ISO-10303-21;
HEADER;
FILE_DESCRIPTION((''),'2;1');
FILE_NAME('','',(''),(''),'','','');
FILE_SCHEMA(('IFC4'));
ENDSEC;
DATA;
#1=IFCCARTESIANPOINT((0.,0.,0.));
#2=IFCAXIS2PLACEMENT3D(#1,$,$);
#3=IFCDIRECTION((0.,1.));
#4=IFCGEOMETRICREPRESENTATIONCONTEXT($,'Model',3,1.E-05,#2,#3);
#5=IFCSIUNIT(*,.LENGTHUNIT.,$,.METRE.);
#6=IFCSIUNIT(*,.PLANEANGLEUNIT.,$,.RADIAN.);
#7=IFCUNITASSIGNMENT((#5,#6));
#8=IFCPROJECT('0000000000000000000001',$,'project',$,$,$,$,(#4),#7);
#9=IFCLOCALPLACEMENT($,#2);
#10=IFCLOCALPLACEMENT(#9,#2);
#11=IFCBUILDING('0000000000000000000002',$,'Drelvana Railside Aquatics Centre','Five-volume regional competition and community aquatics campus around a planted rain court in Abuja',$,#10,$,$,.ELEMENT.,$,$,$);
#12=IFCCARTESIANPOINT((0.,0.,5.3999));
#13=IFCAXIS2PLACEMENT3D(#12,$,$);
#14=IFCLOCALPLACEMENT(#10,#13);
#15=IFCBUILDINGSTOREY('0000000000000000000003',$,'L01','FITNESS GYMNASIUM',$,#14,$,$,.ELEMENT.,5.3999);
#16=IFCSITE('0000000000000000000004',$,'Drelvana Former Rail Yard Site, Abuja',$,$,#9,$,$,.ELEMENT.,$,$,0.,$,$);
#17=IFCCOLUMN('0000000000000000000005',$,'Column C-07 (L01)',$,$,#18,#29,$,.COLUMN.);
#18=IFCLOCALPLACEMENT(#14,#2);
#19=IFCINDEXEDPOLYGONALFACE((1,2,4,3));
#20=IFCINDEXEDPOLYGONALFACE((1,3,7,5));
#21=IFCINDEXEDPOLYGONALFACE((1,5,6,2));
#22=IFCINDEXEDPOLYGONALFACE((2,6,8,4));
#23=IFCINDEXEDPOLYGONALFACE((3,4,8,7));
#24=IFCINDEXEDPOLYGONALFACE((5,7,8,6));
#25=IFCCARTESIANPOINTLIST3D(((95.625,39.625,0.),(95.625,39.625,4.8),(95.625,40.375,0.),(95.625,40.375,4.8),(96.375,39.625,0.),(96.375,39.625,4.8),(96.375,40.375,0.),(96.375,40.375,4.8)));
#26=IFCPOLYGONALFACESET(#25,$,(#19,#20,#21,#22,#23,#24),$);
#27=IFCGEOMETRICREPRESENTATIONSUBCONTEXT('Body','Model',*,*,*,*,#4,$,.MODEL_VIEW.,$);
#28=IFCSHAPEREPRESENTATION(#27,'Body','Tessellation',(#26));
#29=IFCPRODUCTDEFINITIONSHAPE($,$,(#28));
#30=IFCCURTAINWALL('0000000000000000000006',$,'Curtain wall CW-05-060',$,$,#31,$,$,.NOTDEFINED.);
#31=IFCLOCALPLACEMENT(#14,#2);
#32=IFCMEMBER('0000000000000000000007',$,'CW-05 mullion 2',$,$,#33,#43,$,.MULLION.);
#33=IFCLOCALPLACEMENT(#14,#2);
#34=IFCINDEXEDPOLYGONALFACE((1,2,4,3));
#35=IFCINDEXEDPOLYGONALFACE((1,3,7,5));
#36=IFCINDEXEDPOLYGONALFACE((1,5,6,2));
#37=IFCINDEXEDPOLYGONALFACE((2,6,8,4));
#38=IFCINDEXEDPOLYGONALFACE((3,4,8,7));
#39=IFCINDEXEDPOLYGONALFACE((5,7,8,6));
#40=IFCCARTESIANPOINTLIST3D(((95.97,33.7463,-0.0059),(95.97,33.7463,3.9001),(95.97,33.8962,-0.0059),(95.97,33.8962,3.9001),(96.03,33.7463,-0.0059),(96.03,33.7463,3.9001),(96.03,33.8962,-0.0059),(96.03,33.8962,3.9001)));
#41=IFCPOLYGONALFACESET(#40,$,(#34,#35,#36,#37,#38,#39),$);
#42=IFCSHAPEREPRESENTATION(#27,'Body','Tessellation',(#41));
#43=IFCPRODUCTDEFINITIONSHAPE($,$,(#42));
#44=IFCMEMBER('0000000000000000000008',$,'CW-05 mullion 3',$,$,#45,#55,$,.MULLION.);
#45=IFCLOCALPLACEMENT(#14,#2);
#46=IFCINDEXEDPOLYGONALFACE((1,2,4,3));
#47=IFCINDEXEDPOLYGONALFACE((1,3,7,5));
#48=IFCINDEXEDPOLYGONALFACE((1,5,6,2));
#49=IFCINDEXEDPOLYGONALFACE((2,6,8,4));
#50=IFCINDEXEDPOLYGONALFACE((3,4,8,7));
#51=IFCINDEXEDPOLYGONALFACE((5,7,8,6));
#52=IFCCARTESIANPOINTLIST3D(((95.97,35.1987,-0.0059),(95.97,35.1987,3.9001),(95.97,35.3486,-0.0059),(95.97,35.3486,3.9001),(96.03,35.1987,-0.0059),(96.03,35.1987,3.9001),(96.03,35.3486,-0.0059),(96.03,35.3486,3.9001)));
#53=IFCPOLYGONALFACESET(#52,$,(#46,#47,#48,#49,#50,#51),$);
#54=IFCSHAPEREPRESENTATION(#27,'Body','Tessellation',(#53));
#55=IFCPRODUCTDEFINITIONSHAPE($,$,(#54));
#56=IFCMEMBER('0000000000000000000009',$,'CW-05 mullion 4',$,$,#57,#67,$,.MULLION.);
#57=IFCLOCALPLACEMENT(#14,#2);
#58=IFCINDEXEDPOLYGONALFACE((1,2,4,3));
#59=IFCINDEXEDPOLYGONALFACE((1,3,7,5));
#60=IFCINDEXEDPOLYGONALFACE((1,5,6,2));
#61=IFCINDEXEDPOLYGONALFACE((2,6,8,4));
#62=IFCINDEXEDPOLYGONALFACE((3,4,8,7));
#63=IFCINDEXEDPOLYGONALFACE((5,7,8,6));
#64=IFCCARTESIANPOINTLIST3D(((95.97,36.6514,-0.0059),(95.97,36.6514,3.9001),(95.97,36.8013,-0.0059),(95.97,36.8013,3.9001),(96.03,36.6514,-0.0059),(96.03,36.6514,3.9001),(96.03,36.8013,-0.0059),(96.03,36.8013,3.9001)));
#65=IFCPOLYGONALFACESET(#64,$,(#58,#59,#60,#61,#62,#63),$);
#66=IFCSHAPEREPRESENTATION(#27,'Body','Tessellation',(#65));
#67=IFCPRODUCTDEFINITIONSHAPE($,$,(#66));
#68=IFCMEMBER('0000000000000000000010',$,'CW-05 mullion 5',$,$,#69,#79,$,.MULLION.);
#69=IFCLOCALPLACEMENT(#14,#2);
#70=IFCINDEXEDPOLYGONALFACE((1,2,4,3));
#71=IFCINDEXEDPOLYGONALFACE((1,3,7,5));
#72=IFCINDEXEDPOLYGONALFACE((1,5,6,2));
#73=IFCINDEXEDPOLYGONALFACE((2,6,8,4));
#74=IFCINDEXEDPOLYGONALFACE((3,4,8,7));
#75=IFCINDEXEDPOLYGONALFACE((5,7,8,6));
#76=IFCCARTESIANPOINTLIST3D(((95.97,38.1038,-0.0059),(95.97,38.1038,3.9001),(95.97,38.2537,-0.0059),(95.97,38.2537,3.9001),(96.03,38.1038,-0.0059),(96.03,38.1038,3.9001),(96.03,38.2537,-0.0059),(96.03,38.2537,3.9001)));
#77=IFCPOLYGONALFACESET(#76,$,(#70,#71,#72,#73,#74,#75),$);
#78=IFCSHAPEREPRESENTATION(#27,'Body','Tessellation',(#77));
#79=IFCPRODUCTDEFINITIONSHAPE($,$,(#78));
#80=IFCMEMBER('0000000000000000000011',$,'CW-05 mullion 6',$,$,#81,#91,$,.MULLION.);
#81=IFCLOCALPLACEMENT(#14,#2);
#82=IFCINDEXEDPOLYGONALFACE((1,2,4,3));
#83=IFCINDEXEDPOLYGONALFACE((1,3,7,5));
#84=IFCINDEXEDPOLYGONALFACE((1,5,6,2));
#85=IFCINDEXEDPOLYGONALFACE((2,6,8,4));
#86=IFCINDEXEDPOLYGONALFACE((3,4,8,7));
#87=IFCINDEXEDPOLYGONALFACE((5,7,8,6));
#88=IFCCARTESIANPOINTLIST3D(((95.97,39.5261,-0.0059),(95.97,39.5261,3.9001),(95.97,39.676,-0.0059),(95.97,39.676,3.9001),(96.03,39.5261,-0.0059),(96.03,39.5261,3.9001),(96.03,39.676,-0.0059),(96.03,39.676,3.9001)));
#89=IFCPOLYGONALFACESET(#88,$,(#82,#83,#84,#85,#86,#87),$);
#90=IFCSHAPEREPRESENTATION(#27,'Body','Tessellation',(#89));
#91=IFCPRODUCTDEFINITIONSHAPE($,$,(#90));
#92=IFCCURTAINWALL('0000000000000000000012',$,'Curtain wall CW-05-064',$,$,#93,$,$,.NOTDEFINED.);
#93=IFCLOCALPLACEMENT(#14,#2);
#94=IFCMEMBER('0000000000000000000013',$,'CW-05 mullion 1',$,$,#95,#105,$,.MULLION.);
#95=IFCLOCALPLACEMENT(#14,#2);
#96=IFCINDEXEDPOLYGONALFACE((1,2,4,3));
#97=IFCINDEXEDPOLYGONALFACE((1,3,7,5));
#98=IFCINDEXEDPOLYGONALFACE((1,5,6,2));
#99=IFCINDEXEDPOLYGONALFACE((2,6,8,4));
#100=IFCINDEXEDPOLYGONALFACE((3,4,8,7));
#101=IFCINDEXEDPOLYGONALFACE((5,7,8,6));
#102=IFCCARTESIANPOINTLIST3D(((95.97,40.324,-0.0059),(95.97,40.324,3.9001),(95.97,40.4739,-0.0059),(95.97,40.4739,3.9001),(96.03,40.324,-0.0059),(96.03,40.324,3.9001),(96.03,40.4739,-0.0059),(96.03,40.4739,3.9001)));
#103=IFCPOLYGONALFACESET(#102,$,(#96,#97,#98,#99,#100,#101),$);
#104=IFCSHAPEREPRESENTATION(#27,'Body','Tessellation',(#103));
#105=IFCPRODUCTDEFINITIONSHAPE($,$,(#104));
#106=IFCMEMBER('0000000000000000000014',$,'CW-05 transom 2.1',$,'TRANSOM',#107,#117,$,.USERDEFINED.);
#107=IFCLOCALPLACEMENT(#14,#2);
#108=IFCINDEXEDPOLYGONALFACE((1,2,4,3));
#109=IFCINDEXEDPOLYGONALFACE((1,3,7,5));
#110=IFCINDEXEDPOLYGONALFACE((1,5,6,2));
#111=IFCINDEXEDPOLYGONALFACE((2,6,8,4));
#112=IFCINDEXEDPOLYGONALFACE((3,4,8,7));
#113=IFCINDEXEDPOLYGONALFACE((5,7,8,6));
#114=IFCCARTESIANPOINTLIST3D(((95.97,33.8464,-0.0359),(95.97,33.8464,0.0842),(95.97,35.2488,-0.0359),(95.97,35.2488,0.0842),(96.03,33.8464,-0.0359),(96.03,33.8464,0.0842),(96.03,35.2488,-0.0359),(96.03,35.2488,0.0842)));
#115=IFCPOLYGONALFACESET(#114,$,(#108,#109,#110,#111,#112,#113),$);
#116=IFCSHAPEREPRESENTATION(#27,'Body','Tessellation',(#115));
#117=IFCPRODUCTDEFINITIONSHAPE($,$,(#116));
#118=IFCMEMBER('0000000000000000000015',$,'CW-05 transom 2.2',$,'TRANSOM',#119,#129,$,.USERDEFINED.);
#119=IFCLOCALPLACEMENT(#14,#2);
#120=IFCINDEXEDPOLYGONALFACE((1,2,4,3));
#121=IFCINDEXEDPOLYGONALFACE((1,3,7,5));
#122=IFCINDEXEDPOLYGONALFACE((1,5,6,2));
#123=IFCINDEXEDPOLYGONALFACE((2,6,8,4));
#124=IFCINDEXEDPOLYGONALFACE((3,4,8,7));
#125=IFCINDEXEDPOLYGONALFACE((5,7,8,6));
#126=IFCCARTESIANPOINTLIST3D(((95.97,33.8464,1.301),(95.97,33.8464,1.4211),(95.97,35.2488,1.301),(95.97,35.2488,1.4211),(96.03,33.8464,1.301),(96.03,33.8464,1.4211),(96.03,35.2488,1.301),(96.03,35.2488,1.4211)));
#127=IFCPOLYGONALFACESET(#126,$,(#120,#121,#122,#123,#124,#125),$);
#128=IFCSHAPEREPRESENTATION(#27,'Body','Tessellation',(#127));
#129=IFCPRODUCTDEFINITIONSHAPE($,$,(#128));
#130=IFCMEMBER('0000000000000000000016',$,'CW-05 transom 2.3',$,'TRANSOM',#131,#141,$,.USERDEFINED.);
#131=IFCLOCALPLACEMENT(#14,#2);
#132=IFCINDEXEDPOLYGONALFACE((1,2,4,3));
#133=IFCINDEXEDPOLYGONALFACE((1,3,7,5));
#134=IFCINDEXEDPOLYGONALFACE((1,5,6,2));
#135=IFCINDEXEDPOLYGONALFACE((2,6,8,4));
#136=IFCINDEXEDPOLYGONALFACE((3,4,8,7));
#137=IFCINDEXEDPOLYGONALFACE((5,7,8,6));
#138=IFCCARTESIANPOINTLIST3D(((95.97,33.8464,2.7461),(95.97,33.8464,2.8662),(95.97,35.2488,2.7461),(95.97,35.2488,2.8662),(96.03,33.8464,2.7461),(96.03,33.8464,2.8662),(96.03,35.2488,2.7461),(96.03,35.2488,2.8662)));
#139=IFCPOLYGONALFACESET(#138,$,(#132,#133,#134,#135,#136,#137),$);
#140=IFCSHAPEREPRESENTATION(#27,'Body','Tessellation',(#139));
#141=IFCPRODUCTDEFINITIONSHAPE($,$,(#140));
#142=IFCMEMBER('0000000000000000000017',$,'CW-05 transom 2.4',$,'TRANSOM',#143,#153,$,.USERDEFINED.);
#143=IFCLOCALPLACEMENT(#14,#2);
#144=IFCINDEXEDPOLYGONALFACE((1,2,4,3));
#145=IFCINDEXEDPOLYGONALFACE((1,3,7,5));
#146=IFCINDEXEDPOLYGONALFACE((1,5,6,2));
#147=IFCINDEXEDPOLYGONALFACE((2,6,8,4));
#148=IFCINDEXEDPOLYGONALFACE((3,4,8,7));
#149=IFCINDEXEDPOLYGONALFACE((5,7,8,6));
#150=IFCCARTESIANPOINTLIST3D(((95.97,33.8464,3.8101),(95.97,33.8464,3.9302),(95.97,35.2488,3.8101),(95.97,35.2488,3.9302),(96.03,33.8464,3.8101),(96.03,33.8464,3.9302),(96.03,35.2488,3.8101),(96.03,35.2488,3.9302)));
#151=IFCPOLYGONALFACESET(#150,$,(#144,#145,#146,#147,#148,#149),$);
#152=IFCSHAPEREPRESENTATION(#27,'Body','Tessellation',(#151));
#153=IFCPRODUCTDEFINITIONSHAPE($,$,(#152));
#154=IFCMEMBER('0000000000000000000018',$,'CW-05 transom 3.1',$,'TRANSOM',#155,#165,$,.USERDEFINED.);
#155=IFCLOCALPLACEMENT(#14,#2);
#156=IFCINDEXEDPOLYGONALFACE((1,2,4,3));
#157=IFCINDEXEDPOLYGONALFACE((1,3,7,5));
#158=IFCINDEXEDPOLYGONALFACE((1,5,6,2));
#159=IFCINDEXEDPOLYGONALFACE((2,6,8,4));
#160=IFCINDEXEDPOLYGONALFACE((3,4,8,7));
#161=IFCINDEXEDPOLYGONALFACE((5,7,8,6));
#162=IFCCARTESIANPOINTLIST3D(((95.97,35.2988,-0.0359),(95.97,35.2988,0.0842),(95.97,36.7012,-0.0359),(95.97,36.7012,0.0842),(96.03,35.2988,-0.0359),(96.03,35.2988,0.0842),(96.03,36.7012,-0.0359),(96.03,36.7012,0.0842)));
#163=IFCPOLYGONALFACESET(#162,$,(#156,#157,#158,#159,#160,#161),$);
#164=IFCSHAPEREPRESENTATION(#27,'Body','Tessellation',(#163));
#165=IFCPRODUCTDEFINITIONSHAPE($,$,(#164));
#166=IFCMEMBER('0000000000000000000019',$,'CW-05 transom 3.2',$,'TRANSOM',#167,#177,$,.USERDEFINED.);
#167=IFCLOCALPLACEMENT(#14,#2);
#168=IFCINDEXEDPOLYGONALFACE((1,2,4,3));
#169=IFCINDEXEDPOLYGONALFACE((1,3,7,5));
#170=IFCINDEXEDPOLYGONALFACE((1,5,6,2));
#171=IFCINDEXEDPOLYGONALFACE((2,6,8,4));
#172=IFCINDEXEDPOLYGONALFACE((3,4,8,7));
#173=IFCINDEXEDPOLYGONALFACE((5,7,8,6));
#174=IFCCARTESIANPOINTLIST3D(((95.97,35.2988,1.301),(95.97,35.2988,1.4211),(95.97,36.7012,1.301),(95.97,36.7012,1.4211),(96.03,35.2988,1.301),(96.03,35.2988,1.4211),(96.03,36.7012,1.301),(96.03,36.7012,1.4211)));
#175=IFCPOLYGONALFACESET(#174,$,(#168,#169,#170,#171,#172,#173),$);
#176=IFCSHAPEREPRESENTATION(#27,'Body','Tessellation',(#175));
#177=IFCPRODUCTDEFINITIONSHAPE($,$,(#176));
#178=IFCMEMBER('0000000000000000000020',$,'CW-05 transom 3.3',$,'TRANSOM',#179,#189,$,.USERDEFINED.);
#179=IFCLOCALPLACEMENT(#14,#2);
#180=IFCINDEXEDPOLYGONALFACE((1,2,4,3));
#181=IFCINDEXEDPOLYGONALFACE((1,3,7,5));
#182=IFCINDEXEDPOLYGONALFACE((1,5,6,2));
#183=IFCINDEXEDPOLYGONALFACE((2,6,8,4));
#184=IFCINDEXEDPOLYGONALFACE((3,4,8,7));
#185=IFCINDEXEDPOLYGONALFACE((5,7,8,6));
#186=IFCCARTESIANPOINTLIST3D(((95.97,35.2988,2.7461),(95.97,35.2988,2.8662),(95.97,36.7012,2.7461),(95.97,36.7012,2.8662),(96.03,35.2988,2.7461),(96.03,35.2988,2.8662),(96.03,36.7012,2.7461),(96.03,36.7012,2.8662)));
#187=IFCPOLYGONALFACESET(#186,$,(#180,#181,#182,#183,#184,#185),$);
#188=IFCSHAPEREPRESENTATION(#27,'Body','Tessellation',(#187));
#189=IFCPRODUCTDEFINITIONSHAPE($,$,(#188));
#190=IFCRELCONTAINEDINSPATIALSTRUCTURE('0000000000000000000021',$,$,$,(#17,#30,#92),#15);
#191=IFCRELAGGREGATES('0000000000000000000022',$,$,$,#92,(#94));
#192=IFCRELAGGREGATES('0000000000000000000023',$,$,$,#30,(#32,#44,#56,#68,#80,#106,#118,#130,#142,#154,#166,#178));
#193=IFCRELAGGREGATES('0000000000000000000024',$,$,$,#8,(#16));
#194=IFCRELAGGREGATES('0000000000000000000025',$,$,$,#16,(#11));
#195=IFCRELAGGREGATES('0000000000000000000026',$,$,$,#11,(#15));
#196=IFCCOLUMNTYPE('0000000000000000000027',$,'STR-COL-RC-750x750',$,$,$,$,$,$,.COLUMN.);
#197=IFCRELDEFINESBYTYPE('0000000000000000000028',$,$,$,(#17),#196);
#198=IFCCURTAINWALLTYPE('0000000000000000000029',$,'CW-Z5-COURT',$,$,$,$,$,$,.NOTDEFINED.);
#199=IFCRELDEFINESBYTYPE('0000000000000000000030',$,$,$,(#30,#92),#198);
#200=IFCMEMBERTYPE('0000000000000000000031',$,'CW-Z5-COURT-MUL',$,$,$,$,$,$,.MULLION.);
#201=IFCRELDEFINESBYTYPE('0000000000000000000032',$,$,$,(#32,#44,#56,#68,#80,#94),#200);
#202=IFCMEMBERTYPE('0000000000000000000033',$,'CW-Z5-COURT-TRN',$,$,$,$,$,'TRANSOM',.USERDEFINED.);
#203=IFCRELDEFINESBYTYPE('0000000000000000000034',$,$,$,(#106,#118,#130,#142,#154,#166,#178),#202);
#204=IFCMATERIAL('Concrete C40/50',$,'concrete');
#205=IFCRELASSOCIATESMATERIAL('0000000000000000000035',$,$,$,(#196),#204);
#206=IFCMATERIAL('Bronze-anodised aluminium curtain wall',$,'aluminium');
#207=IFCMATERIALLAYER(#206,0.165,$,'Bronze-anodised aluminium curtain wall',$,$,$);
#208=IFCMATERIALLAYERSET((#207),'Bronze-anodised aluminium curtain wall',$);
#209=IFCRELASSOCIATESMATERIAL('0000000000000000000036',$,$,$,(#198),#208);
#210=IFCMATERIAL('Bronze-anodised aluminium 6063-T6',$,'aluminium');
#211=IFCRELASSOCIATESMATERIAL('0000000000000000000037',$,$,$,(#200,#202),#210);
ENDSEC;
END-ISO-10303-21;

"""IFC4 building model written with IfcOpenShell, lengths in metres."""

from ifc_helpers import new_model, si_unit, direction, frame, origin, origin_2d, place, context, subcontext, project, spatial, rectangle, extrude, material, layer, layer_set, material_profile, profile_set, type_object, element, aggregate, save


model = new_model("IFC4")

# Units and contexts
model_context = context("Model", 3, precision=1e-05, world=origin(), true_north=direction((0.0, 1.0)))
body_context = subcontext(model_context, "Body", "Model", "MODEL_VIEW")
ifc_project = project(units=[si_unit("LENGTHUNIT", "METRE"), si_unit("PLANEANGLEUNIT", "RADIAN")], contexts=[model_context])

# Site, building, storey
site_placement = place(None, origin())
site = spatial("IfcSite", under=ifc_project, at=site_placement, Name="Drelvana Former Rail Yard Site, Abuja", CompositionType="ELEMENT", RefElevation=0.0)
building_placement = place(site_placement, origin())
building = spatial("IfcBuilding", under=site, at=building_placement, Name="Drelvana Railside Aquatics Centre", Description="Five-volume regional competition and community aquatics campus around a planted rain court in Abuja", CompositionType="ELEMENT")
storey_placement = place(building_placement, frame((0.0, 0.0, 5.3999)))
storey = spatial("IfcBuildingStorey", under=building, at=storey_placement, Name="L01", Description="FITNESS GYMNASIUM", CompositionType="ELEMENT", Elevation=5.3999)

# Column
ifc_material_1 = material(Name="Concrete C40/50", Category="concrete")
ifc_material_profile_1 = material_profile(ifc_material_1, rectangle(XDim=0.75, YDim=0.75, at=origin_2d()), Name="RC 750x750")
ifc_profile_set_1 = profile_set([ifc_material_profile_1], Name="Concrete C40/50")
column_type = type_object("IfcColumnType", Name="STR-COL-RC-750x750", PredefinedType="COLUMN", material=ifc_profile_set_1)
column_placement = place(storey_placement, frame((96.0, 40.0, 0.0), z_axis=(0.0, 0.0, 1.0), x_axis=(1.0, 0.0, 0.0)))
element("IfcColumn", 1, at=column_placement, inside=storey, type_object=column_type, Name="Column C-07 (L01)", PredefinedType="COLUMN", context=body_context, shape_type="SweptSolid", body=[
    extrude(rectangle(XDim=0.75, YDim=0.75, at=origin_2d()), origin(), (0.0, 0.0, 1.0), 4.8),
])

# Curtain wall, members
ifc_material_2 = material(Name="Bronze-anodised aluminium curtain wall", Category="aluminium")
ifc_layer_1 = layer(ifc_material_2, 0.165, Name="Bronze-anodised aluminium curtain wall")
ifc_layer_set_1 = layer_set([ifc_layer_1], Name="Bronze-anodised aluminium curtain wall")
curtain_wall_type = type_object("IfcCurtainWallType", Name="CW-Z5-COURT", PredefinedType="NOTDEFINED", material=ifc_layer_set_1)
curtain_wall_1_placement = place(storey_placement, origin())
curtain_wall_1 = element("IfcCurtainWall", 2, at=curtain_wall_1_placement, inside=storey, type_object=curtain_wall_type, Name="Curtain wall CW-05-060", PredefinedType="NOTDEFINED")
ifc_material_3 = material(Name="Bronze-anodised aluminium 6063-T6", Category="aluminium")
ifc_material_profile_2 = material_profile(ifc_material_3, rectangle(XDim=0.0601, YDim=0.1499, at=origin_2d()), Name="ALU-M 60x150")
ifc_profile_set_2 = profile_set([ifc_material_profile_2], Name="Bronze-anodised aluminium 6063-T6")
member_type_1 = type_object("IfcMemberType", Name="CW-Z5-COURT-MUL", PredefinedType="MULLION", material=ifc_profile_set_2)
member_1_placement = place(storey_placement, frame((96.0, 33.8213, -0.0059), z_axis=(0.0, 0.0, 1.0), x_axis=(-1.0, 0.0, 0.0)))
member_1 = element("IfcMember", 3, at=member_1_placement, type_object=member_type_1, Name="CW-05 mullion 2", PredefinedType="MULLION", context=body_context, shape_type="SweptSolid", body=[
    extrude(rectangle(XDim=0.0601, YDim=0.1499, at=origin_2d()), origin(), (0.0, 0.0, 1.0), 3.906),
])
member_2_placement = place(storey_placement, frame((96.0, 35.2737, -0.0059), z_axis=(0.0, 0.0, 1.0), x_axis=(-1.0, 0.0, 0.0)))
member_2 = element("IfcMember", 4, at=member_2_placement, type_object=member_type_1, Name="CW-05 mullion 3", PredefinedType="MULLION", context=body_context, shape_type="SweptSolid", body=[
    extrude(rectangle(XDim=0.0601, YDim=0.1499, at=origin_2d()), origin(), (0.0, 0.0, 1.0), 3.906),
])
member_3_placement = place(storey_placement, frame((96.0, 36.7263, -0.0059), z_axis=(0.0, 0.0, 1.0), x_axis=(-1.0, 0.0, 0.0)))
member_3 = element("IfcMember", 5, at=member_3_placement, type_object=member_type_1, Name="CW-05 mullion 4", PredefinedType="MULLION", context=body_context, shape_type="SweptSolid", body=[
    extrude(rectangle(XDim=0.0601, YDim=0.1499, at=origin_2d()), origin(), (0.0, 0.0, 1.0), 3.906),
])
member_4_placement = place(storey_placement, frame((96.0, 38.1787, -0.0059), z_axis=(0.0, 0.0, 1.0), x_axis=(-1.0, 0.0, 0.0)))
member_4 = element("IfcMember", 6, at=member_4_placement, type_object=member_type_1, Name="CW-05 mullion 5", PredefinedType="MULLION", context=body_context, shape_type="SweptSolid", body=[
    extrude(rectangle(XDim=0.0601, YDim=0.1499, at=origin_2d()), origin(), (0.0, 0.0, 1.0), 3.906),
])
member_5_placement = place(storey_placement, frame((96.0, 39.6011, -0.0059), z_axis=(0.0, 0.0, 1.0), x_axis=(-1.0, 0.0, 0.0)))
member_5 = element("IfcMember", 7, at=member_5_placement, type_object=member_type_1, Name="CW-05 mullion 6", PredefinedType="MULLION", context=body_context, shape_type="SweptSolid", body=[
    extrude(rectangle(XDim=0.0601, YDim=0.1499, at=origin_2d()), origin(), (0.0, 0.0, 1.0), 3.906),
])

# Curtain wall, member
curtain_wall_2_placement = place(storey_placement, origin())
curtain_wall_2 = element("IfcCurtainWall", 8, at=curtain_wall_2_placement, inside=storey, type_object=curtain_wall_type, Name="Curtain wall CW-05-064", PredefinedType="NOTDEFINED")
member_6_placement = place(storey_placement, frame((96.0, 40.3989, -0.0059), z_axis=(0.0, 0.0, 1.0), x_axis=(-1.0, 0.0, 0.0)))
member_6 = element("IfcMember", 9, at=member_6_placement, type_object=member_type_1, Name="CW-05 mullion 1", PredefinedType="MULLION", context=body_context, shape_type="SweptSolid", body=[
    extrude(rectangle(XDim=0.0601, YDim=0.1499, at=origin_2d()), origin(), (0.0, 0.0, 1.0), 3.906),
])
aggregate(curtain_wall_2, [member_6])

# Members
ifc_material_profile_3 = material_profile(ifc_material_3, rectangle(XDim=0.1201, YDim=0.0601, at=origin_2d()), Name="ALU-T 60x120")
ifc_profile_set_3 = profile_set([ifc_material_profile_3], Name="Bronze-anodised aluminium 6063-T6")
member_type_2 = type_object("IfcMemberType", Name="CW-Z5-COURT-TRN", ElementType="TRANSOM", PredefinedType="USERDEFINED", material=ifc_profile_set_3)
member_7_placement = place(storey_placement, frame((96.0, 33.8464, 0.0242), z_axis=(0.0, 1.0, 0.0), x_axis=(0.0, 0.0, 1.0)))
member_7 = element("IfcMember", 10, at=member_7_placement, type_object=member_type_2, Name="CW-05 transom 2.1", ObjectType="TRANSOM", PredefinedType="USERDEFINED", context=body_context, shape_type="SweptSolid", body=[
    extrude(rectangle(XDim=0.1201, YDim=0.0601, at=origin_2d()), origin(), (0.0, 0.0, 1.0), 1.4023),
])
member_8_placement = place(storey_placement, frame((96.0, 33.8464, 1.3611), z_axis=(0.0, 1.0, 0.0), x_axis=(0.0, 0.0, 1.0)))
member_8 = element("IfcMember", 11, at=member_8_placement, type_object=member_type_2, Name="CW-05 transom 2.2", ObjectType="TRANSOM", PredefinedType="USERDEFINED", context=body_context, shape_type="SweptSolid", body=[
    extrude(rectangle(XDim=0.1201, YDim=0.0601, at=origin_2d()), origin(), (0.0, 0.0, 1.0), 1.4023),
])
member_9_placement = place(storey_placement, frame((96.0, 33.8464, 2.8062), z_axis=(0.0, 1.0, 0.0), x_axis=(0.0, 0.0, 1.0)))
member_9 = element("IfcMember", 12, at=member_9_placement, type_object=member_type_2, Name="CW-05 transom 2.3", ObjectType="TRANSOM", PredefinedType="USERDEFINED", context=body_context, shape_type="SweptSolid", body=[
    extrude(rectangle(XDim=0.1201, YDim=0.0601, at=origin_2d()), origin(), (0.0, 0.0, 1.0), 1.4023),
])
member_10_placement = place(storey_placement, frame((96.0, 33.8464, 3.8701), z_axis=(0.0, 1.0, 0.0), x_axis=(0.0, 0.0, 1.0)))
member_10 = element("IfcMember", 13, at=member_10_placement, type_object=member_type_2, Name="CW-05 transom 2.4", ObjectType="TRANSOM", PredefinedType="USERDEFINED", context=body_context, shape_type="SweptSolid", body=[
    extrude(rectangle(XDim=0.1201, YDim=0.0601, at=origin_2d()), origin(), (0.0, 0.0, 1.0), 1.4023),
])
member_11_placement = place(storey_placement, frame((96.0, 35.2988, 0.0242), z_axis=(0.0, 1.0, 0.0), x_axis=(0.0, 0.0, 1.0)))
member_11 = element("IfcMember", 14, at=member_11_placement, type_object=member_type_2, Name="CW-05 transom 3.1", ObjectType="TRANSOM", PredefinedType="USERDEFINED", context=body_context, shape_type="SweptSolid", body=[
    extrude(rectangle(XDim=0.1201, YDim=0.0601, at=origin_2d()), origin(), (0.0, 0.0, 1.0), 1.4023),
])
member_12_placement = place(storey_placement, frame((96.0, 35.2988, 1.3611), z_axis=(0.0, 1.0, 0.0), x_axis=(0.0, 0.0, 1.0)))
member_12 = element("IfcMember", 15, at=member_12_placement, type_object=member_type_2, Name="CW-05 transom 3.2", ObjectType="TRANSOM", PredefinedType="USERDEFINED", context=body_context, shape_type="SweptSolid", body=[
    extrude(rectangle(XDim=0.1201, YDim=0.0601, at=origin_2d()), origin(), (0.0, 0.0, 1.0), 1.4023),
])
member_13_placement = place(storey_placement, frame((96.0, 35.2988, 2.8062), z_axis=(0.0, 1.0, 0.0), x_axis=(0.0, 0.0, 1.0)))
member_13 = element("IfcMember", 16, at=member_13_placement, type_object=member_type_2, Name="CW-05 transom 3.3", ObjectType="TRANSOM", PredefinedType="USERDEFINED", context=body_context, shape_type="SweptSolid", body=[
    extrude(rectangle(XDim=0.1201, YDim=0.0601, at=origin_2d()), origin(), (0.0, 0.0, 1.0), 1.4023),
])

aggregate(curtain_wall_1, [member_1, member_2, member_3, member_4, member_5, member_7, member_8, member_9, member_10, member_11, member_12, member_13])

save(model, "model.ifc")
